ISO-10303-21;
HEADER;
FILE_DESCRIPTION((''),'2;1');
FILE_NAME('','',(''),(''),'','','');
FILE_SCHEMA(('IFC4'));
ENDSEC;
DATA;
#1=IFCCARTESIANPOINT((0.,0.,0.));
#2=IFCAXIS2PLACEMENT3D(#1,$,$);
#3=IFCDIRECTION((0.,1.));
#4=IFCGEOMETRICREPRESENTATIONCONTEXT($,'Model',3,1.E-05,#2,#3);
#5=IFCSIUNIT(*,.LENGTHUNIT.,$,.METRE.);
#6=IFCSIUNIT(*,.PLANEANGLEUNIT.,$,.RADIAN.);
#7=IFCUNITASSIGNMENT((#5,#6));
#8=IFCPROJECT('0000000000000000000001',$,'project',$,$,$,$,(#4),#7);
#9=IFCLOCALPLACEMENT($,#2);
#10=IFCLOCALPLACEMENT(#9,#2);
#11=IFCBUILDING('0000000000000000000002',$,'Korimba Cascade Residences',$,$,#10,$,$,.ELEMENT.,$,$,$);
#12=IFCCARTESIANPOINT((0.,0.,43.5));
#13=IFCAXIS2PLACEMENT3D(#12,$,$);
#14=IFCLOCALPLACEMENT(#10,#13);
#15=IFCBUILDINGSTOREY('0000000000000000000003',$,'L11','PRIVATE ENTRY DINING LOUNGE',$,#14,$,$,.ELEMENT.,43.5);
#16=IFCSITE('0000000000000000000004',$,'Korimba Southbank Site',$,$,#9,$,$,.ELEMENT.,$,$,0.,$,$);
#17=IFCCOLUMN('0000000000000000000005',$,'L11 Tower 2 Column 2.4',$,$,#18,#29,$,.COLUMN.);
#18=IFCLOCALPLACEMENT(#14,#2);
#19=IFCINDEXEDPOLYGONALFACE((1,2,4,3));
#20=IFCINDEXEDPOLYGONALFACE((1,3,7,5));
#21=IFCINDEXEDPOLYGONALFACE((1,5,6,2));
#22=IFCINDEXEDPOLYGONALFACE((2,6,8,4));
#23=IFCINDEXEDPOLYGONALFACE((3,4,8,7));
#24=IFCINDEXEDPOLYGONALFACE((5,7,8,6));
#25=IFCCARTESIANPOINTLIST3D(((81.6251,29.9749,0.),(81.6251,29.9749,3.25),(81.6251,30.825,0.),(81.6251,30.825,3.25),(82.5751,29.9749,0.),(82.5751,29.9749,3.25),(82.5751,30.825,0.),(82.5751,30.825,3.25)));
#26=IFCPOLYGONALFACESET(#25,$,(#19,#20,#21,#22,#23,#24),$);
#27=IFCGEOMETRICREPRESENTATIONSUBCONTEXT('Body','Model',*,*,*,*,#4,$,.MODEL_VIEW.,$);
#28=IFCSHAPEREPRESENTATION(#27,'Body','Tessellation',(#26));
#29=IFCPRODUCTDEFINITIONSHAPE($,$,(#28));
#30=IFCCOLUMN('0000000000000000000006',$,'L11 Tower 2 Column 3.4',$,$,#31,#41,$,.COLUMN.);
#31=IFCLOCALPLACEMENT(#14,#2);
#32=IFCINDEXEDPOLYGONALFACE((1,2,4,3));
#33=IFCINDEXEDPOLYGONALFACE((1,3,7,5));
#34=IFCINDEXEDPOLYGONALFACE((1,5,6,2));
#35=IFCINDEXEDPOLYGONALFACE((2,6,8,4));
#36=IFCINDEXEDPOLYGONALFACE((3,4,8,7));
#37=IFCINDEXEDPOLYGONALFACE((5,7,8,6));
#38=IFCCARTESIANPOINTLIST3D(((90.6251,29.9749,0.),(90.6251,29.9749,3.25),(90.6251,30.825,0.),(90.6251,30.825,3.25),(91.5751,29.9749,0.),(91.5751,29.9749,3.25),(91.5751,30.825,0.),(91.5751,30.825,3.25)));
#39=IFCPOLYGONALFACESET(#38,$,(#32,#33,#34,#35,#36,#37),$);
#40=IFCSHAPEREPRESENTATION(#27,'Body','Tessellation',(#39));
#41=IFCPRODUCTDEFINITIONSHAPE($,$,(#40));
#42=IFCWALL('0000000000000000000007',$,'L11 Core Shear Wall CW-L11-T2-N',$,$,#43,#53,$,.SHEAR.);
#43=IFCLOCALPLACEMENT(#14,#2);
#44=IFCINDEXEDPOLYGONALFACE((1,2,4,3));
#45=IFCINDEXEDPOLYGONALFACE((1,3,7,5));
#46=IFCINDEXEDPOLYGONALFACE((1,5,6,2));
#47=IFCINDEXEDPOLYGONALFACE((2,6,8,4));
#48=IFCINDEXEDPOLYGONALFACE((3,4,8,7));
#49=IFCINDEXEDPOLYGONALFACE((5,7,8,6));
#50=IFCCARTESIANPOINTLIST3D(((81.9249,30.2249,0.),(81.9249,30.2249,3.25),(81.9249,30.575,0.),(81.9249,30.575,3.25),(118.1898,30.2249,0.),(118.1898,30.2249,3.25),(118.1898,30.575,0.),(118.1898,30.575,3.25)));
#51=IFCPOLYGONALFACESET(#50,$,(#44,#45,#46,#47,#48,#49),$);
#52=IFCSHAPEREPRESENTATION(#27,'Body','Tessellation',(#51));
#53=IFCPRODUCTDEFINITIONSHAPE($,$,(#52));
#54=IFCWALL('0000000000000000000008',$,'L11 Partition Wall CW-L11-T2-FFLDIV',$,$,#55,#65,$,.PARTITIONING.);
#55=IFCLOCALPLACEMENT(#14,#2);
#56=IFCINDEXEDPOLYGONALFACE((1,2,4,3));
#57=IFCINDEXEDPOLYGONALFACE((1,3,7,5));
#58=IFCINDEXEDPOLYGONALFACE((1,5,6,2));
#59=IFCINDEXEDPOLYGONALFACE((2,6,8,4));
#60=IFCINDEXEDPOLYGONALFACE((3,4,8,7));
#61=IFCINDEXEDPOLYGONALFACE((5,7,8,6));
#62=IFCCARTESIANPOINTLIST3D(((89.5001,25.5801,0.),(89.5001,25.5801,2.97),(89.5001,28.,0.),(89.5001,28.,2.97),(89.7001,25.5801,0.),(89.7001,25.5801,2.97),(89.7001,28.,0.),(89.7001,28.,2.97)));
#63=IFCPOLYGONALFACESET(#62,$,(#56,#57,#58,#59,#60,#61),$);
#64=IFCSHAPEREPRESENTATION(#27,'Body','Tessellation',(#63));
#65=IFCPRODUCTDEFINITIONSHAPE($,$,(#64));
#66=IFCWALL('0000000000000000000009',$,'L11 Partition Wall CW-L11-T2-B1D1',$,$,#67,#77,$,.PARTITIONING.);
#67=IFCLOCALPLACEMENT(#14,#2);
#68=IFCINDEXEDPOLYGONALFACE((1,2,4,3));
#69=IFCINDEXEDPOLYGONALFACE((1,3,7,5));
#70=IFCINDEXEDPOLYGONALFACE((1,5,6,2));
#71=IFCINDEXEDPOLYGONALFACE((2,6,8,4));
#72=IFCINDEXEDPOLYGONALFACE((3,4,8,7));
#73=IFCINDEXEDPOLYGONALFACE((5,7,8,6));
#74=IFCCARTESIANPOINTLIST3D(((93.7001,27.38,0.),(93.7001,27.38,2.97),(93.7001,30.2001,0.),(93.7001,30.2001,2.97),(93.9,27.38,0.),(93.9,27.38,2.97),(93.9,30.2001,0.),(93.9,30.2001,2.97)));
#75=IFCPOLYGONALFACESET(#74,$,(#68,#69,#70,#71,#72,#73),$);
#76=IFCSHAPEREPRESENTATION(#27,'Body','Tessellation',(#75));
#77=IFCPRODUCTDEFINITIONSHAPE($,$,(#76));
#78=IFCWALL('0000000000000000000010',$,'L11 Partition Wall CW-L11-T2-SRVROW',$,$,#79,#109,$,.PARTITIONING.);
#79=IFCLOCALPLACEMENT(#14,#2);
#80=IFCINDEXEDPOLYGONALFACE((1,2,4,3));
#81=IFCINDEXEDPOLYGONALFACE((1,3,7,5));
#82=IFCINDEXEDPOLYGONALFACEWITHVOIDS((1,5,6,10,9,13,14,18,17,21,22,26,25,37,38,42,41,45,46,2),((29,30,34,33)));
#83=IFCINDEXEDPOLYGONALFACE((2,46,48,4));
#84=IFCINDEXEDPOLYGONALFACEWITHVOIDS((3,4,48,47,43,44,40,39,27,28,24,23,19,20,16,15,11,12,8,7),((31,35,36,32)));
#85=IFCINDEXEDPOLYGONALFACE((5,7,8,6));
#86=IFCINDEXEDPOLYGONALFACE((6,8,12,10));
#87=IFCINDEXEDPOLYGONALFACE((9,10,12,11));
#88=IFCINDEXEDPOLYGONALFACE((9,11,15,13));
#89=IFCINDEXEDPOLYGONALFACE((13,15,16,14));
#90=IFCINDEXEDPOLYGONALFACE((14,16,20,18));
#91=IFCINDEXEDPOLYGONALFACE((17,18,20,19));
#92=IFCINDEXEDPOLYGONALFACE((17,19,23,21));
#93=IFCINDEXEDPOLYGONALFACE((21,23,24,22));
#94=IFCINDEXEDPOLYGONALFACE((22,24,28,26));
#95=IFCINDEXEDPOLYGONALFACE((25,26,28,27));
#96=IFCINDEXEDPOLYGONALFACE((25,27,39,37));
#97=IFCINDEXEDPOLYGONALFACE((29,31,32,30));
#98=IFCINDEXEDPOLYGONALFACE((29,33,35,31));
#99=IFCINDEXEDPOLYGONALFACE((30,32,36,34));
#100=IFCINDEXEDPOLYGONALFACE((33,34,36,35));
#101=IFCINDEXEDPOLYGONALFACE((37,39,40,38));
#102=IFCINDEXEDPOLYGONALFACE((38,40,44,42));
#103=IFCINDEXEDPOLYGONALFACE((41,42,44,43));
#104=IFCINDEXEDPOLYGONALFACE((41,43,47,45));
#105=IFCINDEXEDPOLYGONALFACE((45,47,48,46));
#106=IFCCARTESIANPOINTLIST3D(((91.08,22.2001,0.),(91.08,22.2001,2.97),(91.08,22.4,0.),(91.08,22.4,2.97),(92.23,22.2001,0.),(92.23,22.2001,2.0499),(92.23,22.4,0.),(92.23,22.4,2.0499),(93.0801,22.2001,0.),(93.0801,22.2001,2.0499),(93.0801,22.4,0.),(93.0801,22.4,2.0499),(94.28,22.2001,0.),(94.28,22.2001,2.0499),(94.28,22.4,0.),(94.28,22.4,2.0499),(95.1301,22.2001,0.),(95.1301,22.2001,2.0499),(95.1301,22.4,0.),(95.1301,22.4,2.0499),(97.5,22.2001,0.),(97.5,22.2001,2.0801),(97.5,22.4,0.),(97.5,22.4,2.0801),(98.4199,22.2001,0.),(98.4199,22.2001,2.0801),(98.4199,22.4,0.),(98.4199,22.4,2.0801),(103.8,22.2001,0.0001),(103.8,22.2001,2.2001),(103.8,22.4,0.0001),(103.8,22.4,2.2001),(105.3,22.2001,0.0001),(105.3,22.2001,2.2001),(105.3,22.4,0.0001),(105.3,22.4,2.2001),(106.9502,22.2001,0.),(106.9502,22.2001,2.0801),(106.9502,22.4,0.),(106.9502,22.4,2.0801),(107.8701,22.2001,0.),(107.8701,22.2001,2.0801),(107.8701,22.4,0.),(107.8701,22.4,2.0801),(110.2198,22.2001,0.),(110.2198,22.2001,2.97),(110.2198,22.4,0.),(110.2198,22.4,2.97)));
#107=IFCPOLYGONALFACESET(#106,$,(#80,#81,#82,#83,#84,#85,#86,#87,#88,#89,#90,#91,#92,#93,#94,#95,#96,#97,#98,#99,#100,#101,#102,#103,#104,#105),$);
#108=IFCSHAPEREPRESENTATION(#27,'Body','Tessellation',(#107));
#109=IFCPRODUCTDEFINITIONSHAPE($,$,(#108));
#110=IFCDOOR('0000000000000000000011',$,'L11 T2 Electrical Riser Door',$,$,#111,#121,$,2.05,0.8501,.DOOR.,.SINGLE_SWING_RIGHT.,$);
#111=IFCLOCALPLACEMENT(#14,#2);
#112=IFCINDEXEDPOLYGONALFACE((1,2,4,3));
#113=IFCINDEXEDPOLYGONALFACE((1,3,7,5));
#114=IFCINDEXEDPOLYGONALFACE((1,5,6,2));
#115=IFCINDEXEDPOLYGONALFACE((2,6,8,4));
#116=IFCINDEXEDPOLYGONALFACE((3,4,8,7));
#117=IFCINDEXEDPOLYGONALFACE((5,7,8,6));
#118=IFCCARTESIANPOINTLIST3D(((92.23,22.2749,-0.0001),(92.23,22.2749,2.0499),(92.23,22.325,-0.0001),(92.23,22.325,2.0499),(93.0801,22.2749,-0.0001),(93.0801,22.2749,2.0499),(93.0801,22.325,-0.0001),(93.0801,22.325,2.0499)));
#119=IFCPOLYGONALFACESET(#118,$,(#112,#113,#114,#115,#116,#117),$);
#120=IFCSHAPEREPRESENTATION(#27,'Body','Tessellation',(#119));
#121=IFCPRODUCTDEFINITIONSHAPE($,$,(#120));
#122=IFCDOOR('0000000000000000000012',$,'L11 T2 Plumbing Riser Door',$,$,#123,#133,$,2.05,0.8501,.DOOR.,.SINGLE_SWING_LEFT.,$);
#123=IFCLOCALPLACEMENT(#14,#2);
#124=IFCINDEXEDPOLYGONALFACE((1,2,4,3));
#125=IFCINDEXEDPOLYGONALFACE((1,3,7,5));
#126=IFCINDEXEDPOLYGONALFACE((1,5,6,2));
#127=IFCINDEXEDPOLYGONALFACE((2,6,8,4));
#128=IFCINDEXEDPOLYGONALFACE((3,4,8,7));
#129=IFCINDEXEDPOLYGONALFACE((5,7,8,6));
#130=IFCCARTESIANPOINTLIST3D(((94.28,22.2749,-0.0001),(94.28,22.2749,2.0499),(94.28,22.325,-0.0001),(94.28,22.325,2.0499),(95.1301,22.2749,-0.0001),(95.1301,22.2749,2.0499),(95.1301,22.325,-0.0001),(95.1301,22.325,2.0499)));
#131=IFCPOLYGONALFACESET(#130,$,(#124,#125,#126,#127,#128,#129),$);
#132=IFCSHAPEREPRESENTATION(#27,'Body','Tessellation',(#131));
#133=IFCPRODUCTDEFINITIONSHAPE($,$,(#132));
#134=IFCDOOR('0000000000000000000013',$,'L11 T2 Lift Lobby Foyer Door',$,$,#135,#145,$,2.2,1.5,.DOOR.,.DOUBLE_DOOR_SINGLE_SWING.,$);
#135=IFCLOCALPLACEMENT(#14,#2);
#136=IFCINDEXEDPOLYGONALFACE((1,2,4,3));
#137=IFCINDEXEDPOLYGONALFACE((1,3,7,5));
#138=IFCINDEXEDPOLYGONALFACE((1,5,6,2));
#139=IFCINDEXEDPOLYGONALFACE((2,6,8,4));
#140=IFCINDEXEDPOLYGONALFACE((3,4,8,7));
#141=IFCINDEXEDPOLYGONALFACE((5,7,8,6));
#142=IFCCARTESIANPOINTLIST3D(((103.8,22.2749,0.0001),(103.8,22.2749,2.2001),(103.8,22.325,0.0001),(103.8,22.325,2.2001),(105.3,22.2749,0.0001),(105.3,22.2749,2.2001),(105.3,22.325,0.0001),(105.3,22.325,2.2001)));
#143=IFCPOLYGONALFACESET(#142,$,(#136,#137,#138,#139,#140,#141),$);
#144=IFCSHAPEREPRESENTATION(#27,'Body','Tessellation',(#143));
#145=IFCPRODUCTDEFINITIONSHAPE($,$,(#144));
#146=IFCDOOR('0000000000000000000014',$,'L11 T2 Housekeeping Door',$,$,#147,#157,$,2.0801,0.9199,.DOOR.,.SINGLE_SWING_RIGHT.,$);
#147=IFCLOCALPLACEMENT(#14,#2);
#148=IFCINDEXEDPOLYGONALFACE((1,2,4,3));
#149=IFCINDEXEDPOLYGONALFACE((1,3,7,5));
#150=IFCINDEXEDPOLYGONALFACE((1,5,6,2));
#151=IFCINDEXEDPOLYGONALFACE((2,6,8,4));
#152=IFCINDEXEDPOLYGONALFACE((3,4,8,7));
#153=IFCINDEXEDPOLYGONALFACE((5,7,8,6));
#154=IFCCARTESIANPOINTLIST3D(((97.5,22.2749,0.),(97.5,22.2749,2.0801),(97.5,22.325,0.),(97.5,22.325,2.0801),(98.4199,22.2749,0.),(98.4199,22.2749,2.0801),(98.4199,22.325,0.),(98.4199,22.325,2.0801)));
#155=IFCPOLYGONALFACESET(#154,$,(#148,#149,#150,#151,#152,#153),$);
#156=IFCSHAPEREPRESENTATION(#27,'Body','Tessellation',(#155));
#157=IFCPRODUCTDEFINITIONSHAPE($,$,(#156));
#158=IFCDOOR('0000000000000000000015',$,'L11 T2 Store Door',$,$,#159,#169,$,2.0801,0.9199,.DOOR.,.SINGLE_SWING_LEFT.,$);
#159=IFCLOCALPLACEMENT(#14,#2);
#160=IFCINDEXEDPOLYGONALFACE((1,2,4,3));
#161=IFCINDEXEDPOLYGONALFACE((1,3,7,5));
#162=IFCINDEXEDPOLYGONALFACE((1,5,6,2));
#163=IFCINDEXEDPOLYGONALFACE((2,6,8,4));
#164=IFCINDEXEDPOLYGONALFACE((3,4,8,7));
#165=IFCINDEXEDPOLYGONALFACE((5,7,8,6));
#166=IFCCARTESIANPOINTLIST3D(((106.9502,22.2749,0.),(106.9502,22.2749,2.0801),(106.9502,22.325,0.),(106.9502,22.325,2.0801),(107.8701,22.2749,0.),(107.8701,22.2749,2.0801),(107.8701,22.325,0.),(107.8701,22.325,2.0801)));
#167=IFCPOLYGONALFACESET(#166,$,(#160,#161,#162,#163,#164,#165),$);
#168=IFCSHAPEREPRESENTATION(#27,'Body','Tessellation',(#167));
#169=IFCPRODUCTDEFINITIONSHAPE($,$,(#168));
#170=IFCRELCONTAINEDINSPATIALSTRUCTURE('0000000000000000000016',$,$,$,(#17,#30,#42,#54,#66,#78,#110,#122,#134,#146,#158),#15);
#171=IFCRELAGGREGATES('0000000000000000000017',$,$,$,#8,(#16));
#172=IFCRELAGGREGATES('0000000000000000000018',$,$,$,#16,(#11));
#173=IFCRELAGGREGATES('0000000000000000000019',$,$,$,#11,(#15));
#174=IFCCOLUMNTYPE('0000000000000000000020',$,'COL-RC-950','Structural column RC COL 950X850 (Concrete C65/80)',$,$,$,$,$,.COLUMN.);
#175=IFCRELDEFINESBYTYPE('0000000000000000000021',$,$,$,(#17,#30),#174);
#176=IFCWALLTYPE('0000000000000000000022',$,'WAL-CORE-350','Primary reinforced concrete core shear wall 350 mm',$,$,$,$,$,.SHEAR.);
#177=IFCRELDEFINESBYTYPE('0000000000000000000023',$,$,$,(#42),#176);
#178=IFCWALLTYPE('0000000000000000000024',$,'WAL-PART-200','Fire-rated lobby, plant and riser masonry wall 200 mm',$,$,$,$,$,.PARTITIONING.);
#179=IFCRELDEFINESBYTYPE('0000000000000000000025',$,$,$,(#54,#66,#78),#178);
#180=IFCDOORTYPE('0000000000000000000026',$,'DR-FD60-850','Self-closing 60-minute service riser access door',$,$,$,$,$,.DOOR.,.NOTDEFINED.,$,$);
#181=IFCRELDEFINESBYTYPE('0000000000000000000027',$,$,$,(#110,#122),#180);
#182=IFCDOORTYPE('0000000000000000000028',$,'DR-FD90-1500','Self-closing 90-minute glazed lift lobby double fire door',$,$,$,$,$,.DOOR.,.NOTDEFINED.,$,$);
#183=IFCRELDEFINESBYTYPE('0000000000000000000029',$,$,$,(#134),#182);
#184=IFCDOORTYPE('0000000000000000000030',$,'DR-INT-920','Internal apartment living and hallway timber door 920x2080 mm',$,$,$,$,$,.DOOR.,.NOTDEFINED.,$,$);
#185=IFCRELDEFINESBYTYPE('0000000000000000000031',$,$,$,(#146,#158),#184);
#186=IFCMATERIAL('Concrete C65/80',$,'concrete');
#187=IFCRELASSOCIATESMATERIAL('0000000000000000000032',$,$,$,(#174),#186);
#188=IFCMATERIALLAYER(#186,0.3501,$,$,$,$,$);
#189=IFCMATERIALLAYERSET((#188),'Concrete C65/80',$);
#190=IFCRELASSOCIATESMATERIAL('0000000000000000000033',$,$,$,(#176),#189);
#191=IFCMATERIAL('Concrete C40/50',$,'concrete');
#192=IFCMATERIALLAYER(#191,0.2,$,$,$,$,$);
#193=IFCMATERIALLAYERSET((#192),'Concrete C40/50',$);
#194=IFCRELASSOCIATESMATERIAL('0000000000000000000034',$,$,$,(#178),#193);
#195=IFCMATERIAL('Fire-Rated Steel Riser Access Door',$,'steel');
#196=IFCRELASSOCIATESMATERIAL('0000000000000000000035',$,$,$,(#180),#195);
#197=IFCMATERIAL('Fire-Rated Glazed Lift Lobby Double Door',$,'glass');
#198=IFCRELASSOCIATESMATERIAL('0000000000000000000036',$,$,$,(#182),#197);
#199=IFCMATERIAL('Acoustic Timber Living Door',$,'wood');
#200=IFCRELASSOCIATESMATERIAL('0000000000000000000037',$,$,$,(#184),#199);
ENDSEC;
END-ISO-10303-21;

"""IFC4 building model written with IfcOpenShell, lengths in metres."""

from ifc_helpers import new_model, si_unit, direction, frame, frame_2d, origin, origin_2d, place, context, subcontext, project, spatial, rectangle, extrude, material, layer, layer_set, material_profile, profile_set, type_object, element, fill, save


model = new_model("IFC4")

# Units and contexts
model_context = context("Model", 3, precision=1e-05, world=origin(), true_north=direction((0.0, 1.0)))
body_context = subcontext(model_context, "Body", "Model", "MODEL_VIEW")
ifc_project = project(units=[si_unit("LENGTHUNIT", "METRE"), si_unit("PLANEANGLEUNIT", "RADIAN")], contexts=[model_context])

# Site, building, storey
site_placement = place(None, origin())
site = spatial("IfcSite", under=ifc_project, at=site_placement, Name="Korimba Southbank Site", CompositionType="ELEMENT", RefElevation=0.0)
building_placement = place(site_placement, origin())
building = spatial("IfcBuilding", under=site, at=building_placement, Name="Korimba Cascade Residences", CompositionType="ELEMENT")
storey_placement = place(building_placement, frame((0.0, 0.0, 43.5)))
storey = spatial("IfcBuildingStorey", under=building, at=storey_placement, Name="L11", Description="PRIVATE ENTRY DINING LOUNGE", CompositionType="ELEMENT", Elevation=43.5)

# Columns
ifc_material_1 = material(Name="Concrete C65/80", Category="concrete")
ifc_material_profile = material_profile(ifc_material_1, rectangle(XDim=0.95, YDim=0.8501, at=origin_2d()), Name="Concrete C65/80")
ifc_profile_set = profile_set([ifc_material_profile], Name="Concrete C65/80")
column_type = type_object("IfcColumnType", Name="COL-RC-950", Description="Structural column RC COL 950X850 (Concrete C65/80)", PredefinedType="COLUMN", material=ifc_profile_set)
for number, where, z_axis, x_axis, name in (
    (1, (82.1001, 30.3999, 0.0), (0.0, 0.0, 1.0), (1.0, 0.0, 0.0), "L11 Tower 2 Column 2.4"),
    (2, (91.1001, 30.3999, 0.0), (0.0, 0.0, 1.0), (1.0, 0.0, 0.0), "L11 Tower 2 Column 3.4"),
):
    element("IfcColumn", number, at=place(storey_placement, frame(where, z_axis=z_axis, x_axis=x_axis)), inside=storey, type_object=column_type, Name=name, PredefinedType="COLUMN", context=body_context, shape_type="SweptSolid", body=[
        extrude(rectangle(XDim=0.95, YDim=0.8501, at=origin_2d()), origin(), (0.0, 0.0, 1.0), 3.25),
    ])

# Walls
ifc_layer_1 = layer(ifc_material_1, 0.3501)
ifc_layer_set_1 = layer_set([ifc_layer_1], Name="Concrete C65/80")
wall_type_1 = type_object("IfcWallType", Name="WAL-CORE-350", Description="Primary reinforced concrete core shear wall 350 mm", PredefinedType="SHEAR", material=ifc_layer_set_1)
wall_1_placement = place(storey_placement, frame((81.925, 30.3999, 0.0), z_axis=(0.0, 0.0, 1.0), x_axis=(1.0, 0.0, 0.0)))
element("IfcWall", 3, at=wall_1_placement, inside=storey, type_object=wall_type_1, Name="L11 Core Shear Wall CW-L11-T2-N", PredefinedType="SHEAR", context=body_context, shape_type="SweptSolid", body=[
    extrude(rectangle(XDim=36.2649, YDim=0.3501, at=frame_2d((18.1323, 0.0))), origin(), (0.0, 0.0, 1.0), 3.25),
])
ifc_material_2 = material(Name="Concrete C40/50", Category="concrete")
ifc_layer_2 = layer(ifc_material_2, 0.2)
ifc_layer_set_2 = layer_set([ifc_layer_2], Name="Concrete C40/50")
wall_type_2 = type_object("IfcWallType", Name="WAL-PART-200", Description="Fire-rated lobby, plant and riser masonry wall 200 mm", PredefinedType="PARTITIONING", material=ifc_layer_set_2)
wall_2_placement = place(storey_placement, frame((89.6001, 25.5801, 0.0), z_axis=(0.0, 0.0, 1.0), x_axis=(0.0, 1.0, 0.0)))
element("IfcWall", 4, at=wall_2_placement, inside=storey, type_object=wall_type_2, Name="L11 Partition Wall CW-L11-T2-FFLDIV", PredefinedType="PARTITIONING", context=body_context, shape_type="SweptSolid", body=[
    extrude(rectangle(XDim=2.4199, YDim=0.2, at=frame_2d((1.21, 0.0))), origin(), (0.0, 0.0, 1.0), 2.97),
])
wall_3_placement = place(storey_placement, frame((93.8, 27.3799, 0.0), z_axis=(0.0, 0.0, 1.0), x_axis=(0.0, 1.0, 0.0)))
element("IfcWall", 5, at=wall_3_placement, inside=storey, type_object=wall_type_2, Name="L11 Partition Wall CW-L11-T2-B1D1", PredefinedType="PARTITIONING", context=body_context, shape_type="SweptSolid", body=[
    extrude(rectangle(XDim=2.8201, YDim=0.2, at=frame_2d((1.4102, 0.0))), origin(), (0.0, 0.0, 1.0), 2.97),
])

# Wall, openings, doors
wall_4_placement = place(storey_placement, frame((91.0801, 22.3, 0.0), z_axis=(0.0, 0.0, 1.0), x_axis=(1.0, 0.0, 0.0)))
wall_4 = element("IfcWall", 6, at=wall_4_placement, inside=storey, type_object=wall_type_2, Name="L11 Partition Wall CW-L11-T2-SRVROW", PredefinedType="PARTITIONING", context=body_context, shape_type="SweptSolid", body=[
    extrude(rectangle(XDim=19.1399, YDim=0.2, at=frame_2d((9.5698, 0.0))), origin(), (0.0, 0.0, 1.0), 2.97),
])
opening_1_placement = place(wall_4_placement, frame((1.1499, 0.0, 0.0)))
opening_1 = element("IfcOpeningElement", 7, at=opening_1_placement, cuts=wall_4, PredefinedType="OPENING", context=body_context, shape_type="SweptSolid", body=[
    extrude(rectangle(XDim=0.8501, YDim=2.05, at=frame_2d((0.425, 1.0249))), frame((0.0, 0.1099, 0.0), z_axis=(0.0, -1.0, 0.0), x_axis=(1.0, 0.0, 0.0)), (0.0, 0.0, 1.0), 0.22),
])
opening_2_placement = place(wall_4_placement, frame((3.2, 0.0, 0.0)))
opening_2 = element("IfcOpeningElement", 8, at=opening_2_placement, cuts=wall_4, PredefinedType="OPENING", context=body_context, shape_type="SweptSolid", body=[
    extrude(rectangle(XDim=0.8501, YDim=2.05, at=frame_2d((0.425, 1.0249))), frame((0.0, 0.1099, 0.0), z_axis=(0.0, -1.0, 0.0), x_axis=(1.0, 0.0, 0.0)), (0.0, 0.0, 1.0), 0.22),
])
opening_3_placement = place(wall_4_placement, frame((12.72, 0.0, 0.0)))
opening_3 = element("IfcOpeningElement", 9, at=opening_3_placement, cuts=wall_4, PredefinedType="OPENING", context=body_context, shape_type="SweptSolid", body=[
    extrude(rectangle(XDim=1.5, YDim=2.2, at=frame_2d((0.75, 1.1001))), frame((0.0, 0.1099, 0.0), z_axis=(0.0, -1.0, 0.0), x_axis=(1.0, 0.0, 0.0)), (0.0, 0.0, 1.0), 0.22),
])
opening_4_placement = place(wall_4_placement, frame((6.4199, 0.0, 0.0)))
opening_4 = element("IfcOpeningElement", 10, at=opening_4_placement, cuts=wall_4, PredefinedType="OPENING", context=body_context, shape_type="SweptSolid", body=[
    extrude(rectangle(XDim=0.9199, YDim=2.0801, at=frame_2d((0.46, 1.04))), frame((0.0, 0.1099, 0.0), z_axis=(0.0, -1.0, 0.0), x_axis=(1.0, 0.0, 0.0)), (0.0, 0.0, 1.0), 0.22),
])
opening_5_placement = place(wall_4_placement, frame((15.8701, 0.0, 0.0)))
opening_5 = element("IfcOpeningElement", 11, at=opening_5_placement, cuts=wall_4, PredefinedType="OPENING", context=body_context, shape_type="SweptSolid", body=[
    extrude(rectangle(XDim=0.9199, YDim=2.0801, at=frame_2d((0.46, 1.04))), frame((0.0, 0.1099, 0.0), z_axis=(0.0, -1.0, 0.0), x_axis=(1.0, 0.0, 0.0)), (0.0, 0.0, 1.0), 0.22),
])
ifc_material_3 = material(Name="Fire-Rated Steel Riser Access Door", Category="steel")
door_type_1 = type_object("IfcDoorType", Name="DR-FD60-850", Description="Self-closing 60-minute service riser access door", OperationType="NOTDEFINED", PredefinedType="DOOR", material=ifc_material_3)
door_1_placement = place(opening_1_placement, origin())
door_1 = element("IfcDoor", 12, at=door_1_placement, inside=storey, type_object=door_type_1, Name="L11 T2 Electrical Riser Door", OperationType="SINGLE_SWING_RIGHT", OverallHeight=2.05, OverallWidth=0.8501, PredefinedType="DOOR", context=body_context, shape_type="SweptSolid", body=[
    extrude(rectangle(XDim=0.8501, YDim=2.05, at=frame_2d((0.425, 1.0249))), frame((0.0, 0.0249, 0.0), z_axis=(0.0, -1.0, 0.0), x_axis=(1.0, 0.0, 0.0)), (0.0, 0.0, 1.0), 0.05),
])
fill(opening_1, door_1)
door_2_placement = place(opening_2_placement, origin())
door_2 = element("IfcDoor", 13, at=door_2_placement, inside=storey, type_object=door_type_1, Name="L11 T2 Plumbing Riser Door", OperationType="SINGLE_SWING_LEFT", OverallHeight=2.05, OverallWidth=0.8501, PredefinedType="DOOR", context=body_context, shape_type="SweptSolid", body=[
    extrude(rectangle(XDim=0.8501, YDim=2.05, at=frame_2d((0.425, 1.0249))), frame((0.0, 0.0249, 0.0), z_axis=(0.0, -1.0, 0.0), x_axis=(1.0, 0.0, 0.0)), (0.0, 0.0, 1.0), 0.05),
])
fill(opening_2, door_2)
ifc_material_4 = material(Name="Fire-Rated Glazed Lift Lobby Double Door", Category="glass")
door_type_2 = type_object("IfcDoorType", Name="DR-FD90-1500", Description="Self-closing 90-minute glazed lift lobby double fire door", OperationType="NOTDEFINED", PredefinedType="DOOR", material=ifc_material_4)
door_3_placement = place(opening_3_placement, origin())
door_3 = element("IfcDoor", 14, at=door_3_placement, inside=storey, type_object=door_type_2, Name="L11 T2 Lift Lobby Foyer Door", OperationType="DOUBLE_DOOR_SINGLE_SWING", OverallHeight=2.2, OverallWidth=1.5, PredefinedType="DOOR", context=body_context, shape_type="SweptSolid", body=[
    extrude(rectangle(XDim=1.5, YDim=2.2, at=frame_2d((0.75, 1.1001))), frame((0.0, 0.0249, 0.0), z_axis=(0.0, -1.0, 0.0), x_axis=(1.0, 0.0, 0.0)), (0.0, 0.0, 1.0), 0.05),
])
fill(opening_3, door_3)
ifc_material_5 = material(Name="Acoustic Timber Living Door", Category="wood")
door_type_3 = type_object("IfcDoorType", Name="DR-INT-920", Description="Internal apartment living and hallway timber door 920x2080 mm", OperationType="NOTDEFINED", PredefinedType="DOOR", material=ifc_material_5)
door_4_placement = place(opening_4_placement, origin())
door_4 = element("IfcDoor", 15, at=door_4_placement, inside=storey, type_object=door_type_3, Name="L11 T2 Housekeeping Door", OperationType="SINGLE_SWING_RIGHT", OverallHeight=2.0801, OverallWidth=0.9199, PredefinedType="DOOR", context=body_context, shape_type="SweptSolid", body=[
    extrude(rectangle(XDim=0.9199, YDim=2.0801, at=frame_2d((0.46, 1.04))), frame((0.0, 0.0249, 0.0), z_axis=(0.0, -1.0, 0.0), x_axis=(1.0, 0.0, 0.0)), (0.0, 0.0, 1.0), 0.05),
])
fill(opening_4, door_4)
door_5_placement = place(opening_5_placement, origin())
door_5 = element("IfcDoor", 16, at=door_5_placement, inside=storey, type_object=door_type_3, Name="L11 T2 Store Door", OperationType="SINGLE_SWING_LEFT", OverallHeight=2.0801, OverallWidth=0.9199, PredefinedType="DOOR", context=body_context, shape_type="SweptSolid", body=[
    extrude(rectangle(XDim=0.9199, YDim=2.0801, at=frame_2d((0.46, 1.04))), frame((0.0, 0.0249, 0.0), z_axis=(0.0, -1.0, 0.0), x_axis=(1.0, 0.0, 0.0)), (0.0, 0.0, 1.0), 0.05),
])
fill(opening_5, door_5)

save(model, "model.ifc")
